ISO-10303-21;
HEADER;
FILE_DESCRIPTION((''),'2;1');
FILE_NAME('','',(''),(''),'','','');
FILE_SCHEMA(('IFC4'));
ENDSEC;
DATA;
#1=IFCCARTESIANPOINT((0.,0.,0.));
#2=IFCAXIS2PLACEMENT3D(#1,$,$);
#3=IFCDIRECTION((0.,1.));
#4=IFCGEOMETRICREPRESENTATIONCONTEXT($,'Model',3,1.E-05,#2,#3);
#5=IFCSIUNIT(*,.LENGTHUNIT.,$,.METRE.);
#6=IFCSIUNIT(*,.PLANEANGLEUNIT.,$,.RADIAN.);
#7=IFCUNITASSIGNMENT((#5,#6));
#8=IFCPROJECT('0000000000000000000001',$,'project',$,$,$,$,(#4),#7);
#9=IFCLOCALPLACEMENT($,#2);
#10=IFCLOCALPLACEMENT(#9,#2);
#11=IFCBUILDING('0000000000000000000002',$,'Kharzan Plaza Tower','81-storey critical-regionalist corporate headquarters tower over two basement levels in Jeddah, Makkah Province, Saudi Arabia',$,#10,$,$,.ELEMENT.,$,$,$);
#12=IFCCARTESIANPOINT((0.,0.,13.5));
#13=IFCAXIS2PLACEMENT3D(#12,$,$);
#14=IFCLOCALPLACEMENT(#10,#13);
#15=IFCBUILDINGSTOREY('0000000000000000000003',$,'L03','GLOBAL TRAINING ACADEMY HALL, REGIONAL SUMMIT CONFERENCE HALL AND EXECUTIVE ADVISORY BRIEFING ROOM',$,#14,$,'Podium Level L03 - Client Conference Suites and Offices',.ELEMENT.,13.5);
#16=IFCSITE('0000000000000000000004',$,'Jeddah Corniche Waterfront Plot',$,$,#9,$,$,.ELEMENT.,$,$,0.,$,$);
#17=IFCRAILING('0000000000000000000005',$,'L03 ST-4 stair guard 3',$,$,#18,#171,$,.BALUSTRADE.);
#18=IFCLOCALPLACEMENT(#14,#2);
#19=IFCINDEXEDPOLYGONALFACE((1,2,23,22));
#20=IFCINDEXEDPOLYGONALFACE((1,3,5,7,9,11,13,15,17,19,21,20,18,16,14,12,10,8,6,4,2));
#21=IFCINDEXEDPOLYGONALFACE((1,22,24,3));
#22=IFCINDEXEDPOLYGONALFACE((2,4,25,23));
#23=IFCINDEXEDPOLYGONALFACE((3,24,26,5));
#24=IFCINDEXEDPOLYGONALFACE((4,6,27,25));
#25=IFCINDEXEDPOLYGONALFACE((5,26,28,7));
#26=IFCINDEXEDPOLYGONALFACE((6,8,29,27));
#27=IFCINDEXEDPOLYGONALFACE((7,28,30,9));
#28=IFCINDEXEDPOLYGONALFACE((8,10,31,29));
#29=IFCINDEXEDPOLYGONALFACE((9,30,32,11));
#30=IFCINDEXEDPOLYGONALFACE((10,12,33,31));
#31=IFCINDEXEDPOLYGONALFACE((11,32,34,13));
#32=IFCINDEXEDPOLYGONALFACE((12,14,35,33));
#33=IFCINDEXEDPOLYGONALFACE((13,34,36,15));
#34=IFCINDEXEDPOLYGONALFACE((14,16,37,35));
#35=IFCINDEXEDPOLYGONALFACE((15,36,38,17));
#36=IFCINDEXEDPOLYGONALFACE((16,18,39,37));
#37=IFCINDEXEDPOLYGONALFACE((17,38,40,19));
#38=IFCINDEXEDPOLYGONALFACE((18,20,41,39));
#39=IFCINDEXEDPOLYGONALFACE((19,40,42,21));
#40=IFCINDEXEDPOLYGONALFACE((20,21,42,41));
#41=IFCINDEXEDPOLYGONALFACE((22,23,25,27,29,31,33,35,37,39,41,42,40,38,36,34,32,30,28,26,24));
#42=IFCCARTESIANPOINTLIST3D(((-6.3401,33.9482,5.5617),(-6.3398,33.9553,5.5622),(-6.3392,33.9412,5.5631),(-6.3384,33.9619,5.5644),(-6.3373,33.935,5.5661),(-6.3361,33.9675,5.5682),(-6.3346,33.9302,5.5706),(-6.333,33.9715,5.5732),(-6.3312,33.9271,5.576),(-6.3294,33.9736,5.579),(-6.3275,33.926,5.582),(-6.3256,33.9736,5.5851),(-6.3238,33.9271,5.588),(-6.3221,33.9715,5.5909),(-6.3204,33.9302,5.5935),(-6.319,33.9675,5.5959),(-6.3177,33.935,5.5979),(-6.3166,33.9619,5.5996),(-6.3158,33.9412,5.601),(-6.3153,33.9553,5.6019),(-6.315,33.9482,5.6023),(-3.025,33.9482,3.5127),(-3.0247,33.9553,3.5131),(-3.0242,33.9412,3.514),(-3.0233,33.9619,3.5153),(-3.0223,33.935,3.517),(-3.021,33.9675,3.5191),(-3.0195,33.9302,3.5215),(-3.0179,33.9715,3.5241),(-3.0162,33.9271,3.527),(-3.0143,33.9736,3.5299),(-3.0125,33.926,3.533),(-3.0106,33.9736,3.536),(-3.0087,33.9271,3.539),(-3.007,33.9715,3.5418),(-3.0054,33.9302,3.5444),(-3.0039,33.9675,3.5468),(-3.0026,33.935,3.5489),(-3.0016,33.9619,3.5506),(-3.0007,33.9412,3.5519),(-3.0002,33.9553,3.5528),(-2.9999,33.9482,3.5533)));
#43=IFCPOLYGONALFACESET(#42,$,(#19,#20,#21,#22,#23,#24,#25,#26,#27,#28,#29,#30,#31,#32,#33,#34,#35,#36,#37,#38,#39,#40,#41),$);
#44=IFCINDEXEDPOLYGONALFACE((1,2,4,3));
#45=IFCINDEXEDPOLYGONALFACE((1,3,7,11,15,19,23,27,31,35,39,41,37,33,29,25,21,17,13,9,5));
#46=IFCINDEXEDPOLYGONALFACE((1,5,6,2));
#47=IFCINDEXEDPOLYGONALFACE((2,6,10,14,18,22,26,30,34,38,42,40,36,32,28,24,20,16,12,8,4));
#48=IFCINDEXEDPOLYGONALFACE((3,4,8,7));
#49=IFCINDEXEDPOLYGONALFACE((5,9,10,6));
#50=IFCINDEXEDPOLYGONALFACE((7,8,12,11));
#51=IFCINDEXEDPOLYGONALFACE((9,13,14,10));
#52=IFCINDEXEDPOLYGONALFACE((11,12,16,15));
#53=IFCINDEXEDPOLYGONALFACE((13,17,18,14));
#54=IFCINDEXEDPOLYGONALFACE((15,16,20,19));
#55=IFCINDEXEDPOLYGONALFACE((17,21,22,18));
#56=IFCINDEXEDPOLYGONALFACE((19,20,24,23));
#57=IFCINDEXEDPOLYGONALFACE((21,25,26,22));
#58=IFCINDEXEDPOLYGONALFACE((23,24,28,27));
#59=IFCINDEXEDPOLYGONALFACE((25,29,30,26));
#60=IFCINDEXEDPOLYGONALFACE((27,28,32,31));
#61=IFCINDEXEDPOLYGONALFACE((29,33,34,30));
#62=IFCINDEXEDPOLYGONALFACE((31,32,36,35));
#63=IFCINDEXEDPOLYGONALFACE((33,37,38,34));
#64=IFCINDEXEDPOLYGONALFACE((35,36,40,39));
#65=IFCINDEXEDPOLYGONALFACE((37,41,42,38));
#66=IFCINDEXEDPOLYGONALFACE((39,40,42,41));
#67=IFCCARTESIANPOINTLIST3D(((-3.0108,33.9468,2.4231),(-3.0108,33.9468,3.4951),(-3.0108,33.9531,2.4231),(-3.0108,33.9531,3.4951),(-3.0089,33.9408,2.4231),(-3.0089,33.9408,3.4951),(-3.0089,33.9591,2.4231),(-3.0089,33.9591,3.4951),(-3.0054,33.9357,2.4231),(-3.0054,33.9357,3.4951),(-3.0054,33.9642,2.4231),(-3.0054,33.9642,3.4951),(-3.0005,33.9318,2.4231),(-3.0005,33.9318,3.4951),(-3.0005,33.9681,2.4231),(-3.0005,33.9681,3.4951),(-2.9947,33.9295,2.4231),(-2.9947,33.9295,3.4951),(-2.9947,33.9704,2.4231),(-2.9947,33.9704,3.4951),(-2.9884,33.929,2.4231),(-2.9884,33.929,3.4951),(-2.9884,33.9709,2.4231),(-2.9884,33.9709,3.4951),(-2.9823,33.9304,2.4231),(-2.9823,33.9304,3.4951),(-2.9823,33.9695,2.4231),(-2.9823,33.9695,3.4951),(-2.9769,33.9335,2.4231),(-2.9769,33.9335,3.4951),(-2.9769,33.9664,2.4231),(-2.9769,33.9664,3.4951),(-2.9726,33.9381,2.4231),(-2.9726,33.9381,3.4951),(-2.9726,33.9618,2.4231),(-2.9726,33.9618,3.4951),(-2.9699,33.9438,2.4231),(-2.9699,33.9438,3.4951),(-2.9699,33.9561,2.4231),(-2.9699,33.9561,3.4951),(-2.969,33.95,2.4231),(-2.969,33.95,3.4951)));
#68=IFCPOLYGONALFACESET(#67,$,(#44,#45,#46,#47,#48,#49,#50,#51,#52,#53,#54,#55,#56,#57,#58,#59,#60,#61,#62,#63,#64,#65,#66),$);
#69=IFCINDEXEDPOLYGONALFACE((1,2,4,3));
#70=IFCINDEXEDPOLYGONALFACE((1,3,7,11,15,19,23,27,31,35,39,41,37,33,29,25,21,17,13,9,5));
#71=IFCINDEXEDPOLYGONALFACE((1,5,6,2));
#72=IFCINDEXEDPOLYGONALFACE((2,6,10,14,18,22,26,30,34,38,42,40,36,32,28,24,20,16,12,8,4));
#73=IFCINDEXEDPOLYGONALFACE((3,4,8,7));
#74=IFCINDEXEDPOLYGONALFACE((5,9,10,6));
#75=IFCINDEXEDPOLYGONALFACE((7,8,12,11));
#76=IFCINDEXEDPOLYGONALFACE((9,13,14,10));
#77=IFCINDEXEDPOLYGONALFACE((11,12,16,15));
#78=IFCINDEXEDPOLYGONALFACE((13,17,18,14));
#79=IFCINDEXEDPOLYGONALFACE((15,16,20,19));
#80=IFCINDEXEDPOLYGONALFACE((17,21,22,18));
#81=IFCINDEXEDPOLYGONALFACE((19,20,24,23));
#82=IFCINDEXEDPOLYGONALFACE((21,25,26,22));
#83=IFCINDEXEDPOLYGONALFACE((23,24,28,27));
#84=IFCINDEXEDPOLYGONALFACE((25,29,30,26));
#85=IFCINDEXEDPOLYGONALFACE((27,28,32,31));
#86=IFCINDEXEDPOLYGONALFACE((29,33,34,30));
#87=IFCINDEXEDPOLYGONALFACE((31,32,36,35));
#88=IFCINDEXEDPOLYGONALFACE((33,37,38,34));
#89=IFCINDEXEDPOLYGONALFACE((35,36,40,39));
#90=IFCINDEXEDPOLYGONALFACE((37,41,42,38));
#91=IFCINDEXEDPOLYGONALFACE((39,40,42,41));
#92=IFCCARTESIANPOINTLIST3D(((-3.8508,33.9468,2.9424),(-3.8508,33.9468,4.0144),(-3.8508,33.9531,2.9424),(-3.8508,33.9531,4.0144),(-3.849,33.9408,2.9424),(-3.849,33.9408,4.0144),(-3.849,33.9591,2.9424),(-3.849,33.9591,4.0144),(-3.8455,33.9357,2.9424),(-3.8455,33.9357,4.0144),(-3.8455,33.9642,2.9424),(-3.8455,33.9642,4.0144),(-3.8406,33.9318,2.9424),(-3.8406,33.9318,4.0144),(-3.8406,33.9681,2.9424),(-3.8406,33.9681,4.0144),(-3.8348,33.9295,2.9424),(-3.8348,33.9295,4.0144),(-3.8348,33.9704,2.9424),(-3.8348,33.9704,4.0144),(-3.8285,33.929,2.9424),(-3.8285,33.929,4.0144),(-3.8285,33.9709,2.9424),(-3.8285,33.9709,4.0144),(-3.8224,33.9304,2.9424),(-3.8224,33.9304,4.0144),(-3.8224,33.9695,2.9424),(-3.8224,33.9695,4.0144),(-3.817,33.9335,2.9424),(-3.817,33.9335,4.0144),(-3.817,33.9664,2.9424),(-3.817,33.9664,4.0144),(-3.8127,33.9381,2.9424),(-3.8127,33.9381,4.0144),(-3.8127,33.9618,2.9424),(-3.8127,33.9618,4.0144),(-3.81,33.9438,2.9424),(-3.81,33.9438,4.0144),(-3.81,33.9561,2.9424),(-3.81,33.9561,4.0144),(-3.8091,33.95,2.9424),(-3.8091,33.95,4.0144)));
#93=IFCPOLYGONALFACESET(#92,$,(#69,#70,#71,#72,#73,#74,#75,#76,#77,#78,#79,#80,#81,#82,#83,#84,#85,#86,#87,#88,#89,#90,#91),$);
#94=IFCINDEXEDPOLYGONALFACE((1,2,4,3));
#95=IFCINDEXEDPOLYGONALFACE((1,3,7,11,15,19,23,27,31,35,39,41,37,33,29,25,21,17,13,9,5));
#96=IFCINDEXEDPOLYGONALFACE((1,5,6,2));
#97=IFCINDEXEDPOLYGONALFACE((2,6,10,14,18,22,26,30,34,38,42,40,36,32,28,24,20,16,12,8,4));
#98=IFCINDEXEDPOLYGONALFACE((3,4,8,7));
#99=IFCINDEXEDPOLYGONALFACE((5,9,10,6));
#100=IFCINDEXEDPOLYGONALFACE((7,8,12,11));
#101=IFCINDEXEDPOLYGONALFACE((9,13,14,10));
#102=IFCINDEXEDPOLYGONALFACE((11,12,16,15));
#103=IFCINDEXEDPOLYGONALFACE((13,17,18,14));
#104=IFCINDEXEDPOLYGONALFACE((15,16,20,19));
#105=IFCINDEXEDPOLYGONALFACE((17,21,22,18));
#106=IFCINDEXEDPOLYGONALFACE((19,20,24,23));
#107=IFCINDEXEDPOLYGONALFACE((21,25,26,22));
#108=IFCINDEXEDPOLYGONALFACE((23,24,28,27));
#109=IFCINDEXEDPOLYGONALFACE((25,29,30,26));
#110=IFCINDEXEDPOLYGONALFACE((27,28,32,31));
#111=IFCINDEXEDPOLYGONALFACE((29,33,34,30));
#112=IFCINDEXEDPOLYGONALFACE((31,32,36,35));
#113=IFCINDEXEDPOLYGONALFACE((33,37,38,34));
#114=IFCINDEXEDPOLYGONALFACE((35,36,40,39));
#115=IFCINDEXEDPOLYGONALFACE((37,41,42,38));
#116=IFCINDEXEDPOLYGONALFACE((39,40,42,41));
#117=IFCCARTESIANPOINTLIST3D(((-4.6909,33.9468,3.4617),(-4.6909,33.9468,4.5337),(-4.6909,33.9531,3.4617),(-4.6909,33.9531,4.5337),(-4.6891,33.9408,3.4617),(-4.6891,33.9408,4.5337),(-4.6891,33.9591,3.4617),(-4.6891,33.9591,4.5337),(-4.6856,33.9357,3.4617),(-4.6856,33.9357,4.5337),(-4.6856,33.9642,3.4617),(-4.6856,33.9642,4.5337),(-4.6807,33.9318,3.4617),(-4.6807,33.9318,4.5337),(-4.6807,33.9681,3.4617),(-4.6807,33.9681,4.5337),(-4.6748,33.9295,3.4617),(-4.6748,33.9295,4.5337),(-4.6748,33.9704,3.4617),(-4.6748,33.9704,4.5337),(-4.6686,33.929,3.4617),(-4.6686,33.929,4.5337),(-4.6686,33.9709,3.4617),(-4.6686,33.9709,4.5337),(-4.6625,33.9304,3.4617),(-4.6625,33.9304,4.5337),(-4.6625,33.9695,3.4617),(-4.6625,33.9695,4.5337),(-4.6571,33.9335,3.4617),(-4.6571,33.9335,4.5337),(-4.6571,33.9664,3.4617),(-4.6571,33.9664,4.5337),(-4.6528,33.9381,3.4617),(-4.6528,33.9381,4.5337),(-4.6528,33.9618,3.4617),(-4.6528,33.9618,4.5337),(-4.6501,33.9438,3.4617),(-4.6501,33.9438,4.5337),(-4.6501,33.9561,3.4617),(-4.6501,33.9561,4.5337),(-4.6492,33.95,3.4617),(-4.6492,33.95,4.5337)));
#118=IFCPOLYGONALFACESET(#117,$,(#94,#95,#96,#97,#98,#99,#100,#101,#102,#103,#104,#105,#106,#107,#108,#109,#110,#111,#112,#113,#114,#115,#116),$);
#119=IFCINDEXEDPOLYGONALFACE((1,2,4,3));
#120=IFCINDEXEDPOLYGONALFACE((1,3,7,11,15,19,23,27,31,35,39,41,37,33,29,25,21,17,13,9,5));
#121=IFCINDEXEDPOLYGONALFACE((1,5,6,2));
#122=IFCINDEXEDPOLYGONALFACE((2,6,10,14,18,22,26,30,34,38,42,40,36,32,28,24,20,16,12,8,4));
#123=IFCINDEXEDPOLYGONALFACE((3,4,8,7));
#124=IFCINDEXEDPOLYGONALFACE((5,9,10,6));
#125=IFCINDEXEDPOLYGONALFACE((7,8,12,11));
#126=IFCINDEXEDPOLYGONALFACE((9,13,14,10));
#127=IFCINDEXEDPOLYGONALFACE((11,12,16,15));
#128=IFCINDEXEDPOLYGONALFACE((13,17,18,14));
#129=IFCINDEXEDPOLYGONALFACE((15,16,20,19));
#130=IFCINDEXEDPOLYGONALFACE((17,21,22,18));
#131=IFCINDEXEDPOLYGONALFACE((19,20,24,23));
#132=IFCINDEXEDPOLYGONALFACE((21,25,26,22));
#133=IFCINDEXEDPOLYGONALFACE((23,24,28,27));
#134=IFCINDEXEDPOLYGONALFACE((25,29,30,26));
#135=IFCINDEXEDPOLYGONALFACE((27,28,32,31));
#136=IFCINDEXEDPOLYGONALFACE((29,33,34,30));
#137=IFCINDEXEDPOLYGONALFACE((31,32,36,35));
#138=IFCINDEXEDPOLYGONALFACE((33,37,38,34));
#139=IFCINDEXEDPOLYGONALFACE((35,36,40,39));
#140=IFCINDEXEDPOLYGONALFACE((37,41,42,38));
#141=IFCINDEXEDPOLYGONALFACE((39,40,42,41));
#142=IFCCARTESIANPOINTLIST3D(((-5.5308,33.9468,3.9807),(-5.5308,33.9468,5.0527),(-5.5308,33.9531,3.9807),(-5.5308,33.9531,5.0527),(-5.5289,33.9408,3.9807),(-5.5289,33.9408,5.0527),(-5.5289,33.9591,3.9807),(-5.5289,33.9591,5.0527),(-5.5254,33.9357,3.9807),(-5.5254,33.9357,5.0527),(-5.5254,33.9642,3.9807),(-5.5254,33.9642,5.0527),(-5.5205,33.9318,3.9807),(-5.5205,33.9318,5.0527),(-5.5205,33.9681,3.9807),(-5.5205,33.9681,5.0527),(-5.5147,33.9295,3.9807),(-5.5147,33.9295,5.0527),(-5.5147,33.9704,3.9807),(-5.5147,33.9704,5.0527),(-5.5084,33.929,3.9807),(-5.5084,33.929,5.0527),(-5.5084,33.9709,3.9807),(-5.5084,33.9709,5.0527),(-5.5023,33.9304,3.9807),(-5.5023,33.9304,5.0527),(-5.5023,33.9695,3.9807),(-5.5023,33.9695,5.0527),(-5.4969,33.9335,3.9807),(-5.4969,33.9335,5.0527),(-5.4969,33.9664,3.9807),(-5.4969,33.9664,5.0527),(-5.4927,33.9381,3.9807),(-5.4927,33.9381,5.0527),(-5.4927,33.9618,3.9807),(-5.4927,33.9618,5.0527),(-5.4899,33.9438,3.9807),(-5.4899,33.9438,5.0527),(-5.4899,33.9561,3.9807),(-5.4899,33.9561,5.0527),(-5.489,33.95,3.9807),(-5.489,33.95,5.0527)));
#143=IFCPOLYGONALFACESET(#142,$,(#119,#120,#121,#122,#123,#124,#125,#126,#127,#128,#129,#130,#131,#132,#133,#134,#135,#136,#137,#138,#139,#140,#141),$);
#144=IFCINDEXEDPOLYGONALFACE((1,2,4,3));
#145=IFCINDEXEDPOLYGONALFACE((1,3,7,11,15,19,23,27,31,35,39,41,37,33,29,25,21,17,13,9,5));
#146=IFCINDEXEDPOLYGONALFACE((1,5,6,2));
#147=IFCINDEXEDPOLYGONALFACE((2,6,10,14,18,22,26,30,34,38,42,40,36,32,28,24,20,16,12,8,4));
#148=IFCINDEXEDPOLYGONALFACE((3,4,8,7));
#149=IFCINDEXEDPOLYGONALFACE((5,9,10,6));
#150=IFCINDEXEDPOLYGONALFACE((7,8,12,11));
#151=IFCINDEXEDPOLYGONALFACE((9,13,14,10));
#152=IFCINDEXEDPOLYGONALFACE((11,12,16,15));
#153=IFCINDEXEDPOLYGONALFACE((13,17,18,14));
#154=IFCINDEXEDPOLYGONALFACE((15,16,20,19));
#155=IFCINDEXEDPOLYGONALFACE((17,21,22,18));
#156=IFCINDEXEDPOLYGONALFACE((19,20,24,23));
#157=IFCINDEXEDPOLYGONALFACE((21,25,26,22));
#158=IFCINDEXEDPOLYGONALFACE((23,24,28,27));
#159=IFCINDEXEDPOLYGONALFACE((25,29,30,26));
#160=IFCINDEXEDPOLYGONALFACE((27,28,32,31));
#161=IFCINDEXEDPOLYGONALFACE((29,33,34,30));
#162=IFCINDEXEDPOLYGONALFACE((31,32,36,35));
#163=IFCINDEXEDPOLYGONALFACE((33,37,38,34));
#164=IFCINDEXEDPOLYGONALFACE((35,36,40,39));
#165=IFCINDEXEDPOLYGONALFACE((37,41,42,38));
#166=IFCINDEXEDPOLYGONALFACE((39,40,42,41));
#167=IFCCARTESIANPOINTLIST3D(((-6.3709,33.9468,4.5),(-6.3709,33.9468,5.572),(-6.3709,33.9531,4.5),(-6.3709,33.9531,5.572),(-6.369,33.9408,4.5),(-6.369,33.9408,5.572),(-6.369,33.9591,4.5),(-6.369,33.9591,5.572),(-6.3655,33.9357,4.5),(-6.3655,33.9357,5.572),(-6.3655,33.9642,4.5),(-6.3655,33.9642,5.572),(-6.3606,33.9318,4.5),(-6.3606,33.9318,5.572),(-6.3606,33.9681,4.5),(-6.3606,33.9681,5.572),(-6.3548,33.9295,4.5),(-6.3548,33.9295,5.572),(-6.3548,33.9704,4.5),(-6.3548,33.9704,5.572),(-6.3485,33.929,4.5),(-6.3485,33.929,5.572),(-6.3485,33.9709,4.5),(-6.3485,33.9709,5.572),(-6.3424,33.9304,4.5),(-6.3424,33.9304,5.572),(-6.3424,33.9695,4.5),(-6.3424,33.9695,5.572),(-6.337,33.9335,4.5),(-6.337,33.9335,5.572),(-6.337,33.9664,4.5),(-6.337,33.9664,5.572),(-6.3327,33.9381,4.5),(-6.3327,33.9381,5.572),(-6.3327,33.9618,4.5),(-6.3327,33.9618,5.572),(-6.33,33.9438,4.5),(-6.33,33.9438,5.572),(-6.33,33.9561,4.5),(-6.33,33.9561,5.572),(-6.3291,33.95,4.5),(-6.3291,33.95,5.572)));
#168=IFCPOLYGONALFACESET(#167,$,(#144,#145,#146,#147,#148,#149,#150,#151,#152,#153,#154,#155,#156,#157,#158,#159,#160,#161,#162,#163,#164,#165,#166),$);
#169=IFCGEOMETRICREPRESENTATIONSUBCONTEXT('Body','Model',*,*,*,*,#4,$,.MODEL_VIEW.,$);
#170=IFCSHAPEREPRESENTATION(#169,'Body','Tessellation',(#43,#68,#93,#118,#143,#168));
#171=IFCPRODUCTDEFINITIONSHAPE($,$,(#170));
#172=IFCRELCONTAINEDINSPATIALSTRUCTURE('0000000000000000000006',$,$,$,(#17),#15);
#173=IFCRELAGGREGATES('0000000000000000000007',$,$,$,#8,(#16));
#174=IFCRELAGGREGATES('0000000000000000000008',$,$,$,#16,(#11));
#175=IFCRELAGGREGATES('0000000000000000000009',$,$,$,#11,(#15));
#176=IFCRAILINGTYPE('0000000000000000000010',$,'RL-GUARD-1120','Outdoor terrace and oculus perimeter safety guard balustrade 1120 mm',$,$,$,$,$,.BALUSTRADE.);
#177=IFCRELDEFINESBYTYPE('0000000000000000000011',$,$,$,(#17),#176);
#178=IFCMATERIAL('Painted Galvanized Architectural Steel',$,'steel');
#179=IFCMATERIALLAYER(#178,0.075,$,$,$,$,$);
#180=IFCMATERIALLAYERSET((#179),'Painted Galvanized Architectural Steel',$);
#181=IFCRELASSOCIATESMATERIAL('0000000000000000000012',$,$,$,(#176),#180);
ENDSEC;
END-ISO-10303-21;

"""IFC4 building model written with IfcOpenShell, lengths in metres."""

from ifc_helpers import new_model, si_unit, direction, frame, origin, origin_2d, place, context, subcontext, project, spatial, circle, extrude, source, transform, mapped, material, layer, layer_set, type_object, element, save


model = new_model("IFC4")

# Units and contexts
model_context = context("Model", 3, precision=1e-05, world=origin(), true_north=direction((0.0, 1.0)))
body_context = subcontext(model_context, "Body", "Model", "MODEL_VIEW")
ifc_project = project(units=[si_unit("LENGTHUNIT", "METRE"), si_unit("PLANEANGLEUNIT", "RADIAN")], contexts=[model_context])

# Site, building, storey
site_placement = place(None, origin())
site = spatial("IfcSite", under=ifc_project, at=site_placement, Name="Jeddah Corniche Waterfront Plot", CompositionType="ELEMENT", RefElevation=0.0)
building_placement = place(site_placement, origin())
building = spatial("IfcBuilding", under=site, at=building_placement, Name="Kharzan Plaza Tower", Description="81-storey critical-regionalist corporate headquarters tower over two basement levels in Jeddah, Makkah Province, Saudi Arabia", CompositionType="ELEMENT")
storey_placement = place(building_placement, frame((0.0, 0.0, 13.5)))
storey = spatial("IfcBuildingStorey", under=building, at=storey_placement, Name="L03", Description="GLOBAL TRAINING ACADEMY HALL, REGIONAL SUMMIT CONFERENCE HALL AND EXECUTIVE ADVISORY BRIEFING ROOM", LongName="Podium Level L03 - Client Conference Suites and Offices", CompositionType="ELEMENT", Elevation=13.5)

# Railing
ifc_material_1 = material(Name="Painted Galvanized Architectural Steel", Category="steel")
ifc_layer_1 = layer(ifc_material_1, 0.075)
ifc_layer_set_1 = layer_set([ifc_layer_1], Name="Painted Galvanized Architectural Steel")
railing_type_1 = type_object("IfcRailingType", Name="RL-GUARD-1120", Description="Outdoor terrace and oculus perimeter safety guard balustrade 1120 mm", PredefinedType="BALUSTRADE", material=ifc_layer_set_1)
shared_shape_1 = source(origin(), body_context, "Body", "SweptSolid", [
    extrude(circle(Radius=0.0239, at=origin_2d()), frame((-0.0225, 0.0, 1.1099), z_axis=(-0.850623, 0.0, 0.525776), x_axis=(0.0, -1.0, 0.0)), (0.0, 0.0, 1.0), 3.8972),
    extrude(circle(Radius=0.021, at=origin_2d()), origin(), (0.0, 0.0, 1.0), 1.072),
    extrude(circle(Radius=0.021, at=origin_2d()), frame((-0.8401, 0.0, 0.5193)), (0.0, 0.0, 1.0), 1.072),
    extrude(circle(Radius=0.021, at=origin_2d()), frame((-1.6802, 0.0, 1.0386)), (0.0, 0.0, 1.0), 1.072),
    extrude(circle(Radius=0.021, at=origin_2d()), frame((-2.52, 0.0, 1.5576)), (0.0, 0.0, 1.0), 1.072),
    extrude(circle(Radius=0.021, at=origin_2d()), frame((-3.3601, 0.0, 2.0769)), (0.0, 0.0, 1.0), 1.072),
])
railing_1_placement = place(storey_placement, frame((-2.99, 33.95, 2.4231)))
element("IfcRailing", 1, at=railing_1_placement, inside=storey, type_object=railing_type_1, Name="L03 ST-4 stair guard 3", PredefinedType="BALUSTRADE", context=body_context, shape_type="MappedRepresentation", body=[
    mapped(shared_shape_1, transform((0.0, 0.0, 0.0), x_axis=(1.0, 0.0, 0.0), y_axis=(0.0, 1.0, 0.0), z_axis=(0.0, 0.0, 1.0))),
])

save(model, "model.ifc")
